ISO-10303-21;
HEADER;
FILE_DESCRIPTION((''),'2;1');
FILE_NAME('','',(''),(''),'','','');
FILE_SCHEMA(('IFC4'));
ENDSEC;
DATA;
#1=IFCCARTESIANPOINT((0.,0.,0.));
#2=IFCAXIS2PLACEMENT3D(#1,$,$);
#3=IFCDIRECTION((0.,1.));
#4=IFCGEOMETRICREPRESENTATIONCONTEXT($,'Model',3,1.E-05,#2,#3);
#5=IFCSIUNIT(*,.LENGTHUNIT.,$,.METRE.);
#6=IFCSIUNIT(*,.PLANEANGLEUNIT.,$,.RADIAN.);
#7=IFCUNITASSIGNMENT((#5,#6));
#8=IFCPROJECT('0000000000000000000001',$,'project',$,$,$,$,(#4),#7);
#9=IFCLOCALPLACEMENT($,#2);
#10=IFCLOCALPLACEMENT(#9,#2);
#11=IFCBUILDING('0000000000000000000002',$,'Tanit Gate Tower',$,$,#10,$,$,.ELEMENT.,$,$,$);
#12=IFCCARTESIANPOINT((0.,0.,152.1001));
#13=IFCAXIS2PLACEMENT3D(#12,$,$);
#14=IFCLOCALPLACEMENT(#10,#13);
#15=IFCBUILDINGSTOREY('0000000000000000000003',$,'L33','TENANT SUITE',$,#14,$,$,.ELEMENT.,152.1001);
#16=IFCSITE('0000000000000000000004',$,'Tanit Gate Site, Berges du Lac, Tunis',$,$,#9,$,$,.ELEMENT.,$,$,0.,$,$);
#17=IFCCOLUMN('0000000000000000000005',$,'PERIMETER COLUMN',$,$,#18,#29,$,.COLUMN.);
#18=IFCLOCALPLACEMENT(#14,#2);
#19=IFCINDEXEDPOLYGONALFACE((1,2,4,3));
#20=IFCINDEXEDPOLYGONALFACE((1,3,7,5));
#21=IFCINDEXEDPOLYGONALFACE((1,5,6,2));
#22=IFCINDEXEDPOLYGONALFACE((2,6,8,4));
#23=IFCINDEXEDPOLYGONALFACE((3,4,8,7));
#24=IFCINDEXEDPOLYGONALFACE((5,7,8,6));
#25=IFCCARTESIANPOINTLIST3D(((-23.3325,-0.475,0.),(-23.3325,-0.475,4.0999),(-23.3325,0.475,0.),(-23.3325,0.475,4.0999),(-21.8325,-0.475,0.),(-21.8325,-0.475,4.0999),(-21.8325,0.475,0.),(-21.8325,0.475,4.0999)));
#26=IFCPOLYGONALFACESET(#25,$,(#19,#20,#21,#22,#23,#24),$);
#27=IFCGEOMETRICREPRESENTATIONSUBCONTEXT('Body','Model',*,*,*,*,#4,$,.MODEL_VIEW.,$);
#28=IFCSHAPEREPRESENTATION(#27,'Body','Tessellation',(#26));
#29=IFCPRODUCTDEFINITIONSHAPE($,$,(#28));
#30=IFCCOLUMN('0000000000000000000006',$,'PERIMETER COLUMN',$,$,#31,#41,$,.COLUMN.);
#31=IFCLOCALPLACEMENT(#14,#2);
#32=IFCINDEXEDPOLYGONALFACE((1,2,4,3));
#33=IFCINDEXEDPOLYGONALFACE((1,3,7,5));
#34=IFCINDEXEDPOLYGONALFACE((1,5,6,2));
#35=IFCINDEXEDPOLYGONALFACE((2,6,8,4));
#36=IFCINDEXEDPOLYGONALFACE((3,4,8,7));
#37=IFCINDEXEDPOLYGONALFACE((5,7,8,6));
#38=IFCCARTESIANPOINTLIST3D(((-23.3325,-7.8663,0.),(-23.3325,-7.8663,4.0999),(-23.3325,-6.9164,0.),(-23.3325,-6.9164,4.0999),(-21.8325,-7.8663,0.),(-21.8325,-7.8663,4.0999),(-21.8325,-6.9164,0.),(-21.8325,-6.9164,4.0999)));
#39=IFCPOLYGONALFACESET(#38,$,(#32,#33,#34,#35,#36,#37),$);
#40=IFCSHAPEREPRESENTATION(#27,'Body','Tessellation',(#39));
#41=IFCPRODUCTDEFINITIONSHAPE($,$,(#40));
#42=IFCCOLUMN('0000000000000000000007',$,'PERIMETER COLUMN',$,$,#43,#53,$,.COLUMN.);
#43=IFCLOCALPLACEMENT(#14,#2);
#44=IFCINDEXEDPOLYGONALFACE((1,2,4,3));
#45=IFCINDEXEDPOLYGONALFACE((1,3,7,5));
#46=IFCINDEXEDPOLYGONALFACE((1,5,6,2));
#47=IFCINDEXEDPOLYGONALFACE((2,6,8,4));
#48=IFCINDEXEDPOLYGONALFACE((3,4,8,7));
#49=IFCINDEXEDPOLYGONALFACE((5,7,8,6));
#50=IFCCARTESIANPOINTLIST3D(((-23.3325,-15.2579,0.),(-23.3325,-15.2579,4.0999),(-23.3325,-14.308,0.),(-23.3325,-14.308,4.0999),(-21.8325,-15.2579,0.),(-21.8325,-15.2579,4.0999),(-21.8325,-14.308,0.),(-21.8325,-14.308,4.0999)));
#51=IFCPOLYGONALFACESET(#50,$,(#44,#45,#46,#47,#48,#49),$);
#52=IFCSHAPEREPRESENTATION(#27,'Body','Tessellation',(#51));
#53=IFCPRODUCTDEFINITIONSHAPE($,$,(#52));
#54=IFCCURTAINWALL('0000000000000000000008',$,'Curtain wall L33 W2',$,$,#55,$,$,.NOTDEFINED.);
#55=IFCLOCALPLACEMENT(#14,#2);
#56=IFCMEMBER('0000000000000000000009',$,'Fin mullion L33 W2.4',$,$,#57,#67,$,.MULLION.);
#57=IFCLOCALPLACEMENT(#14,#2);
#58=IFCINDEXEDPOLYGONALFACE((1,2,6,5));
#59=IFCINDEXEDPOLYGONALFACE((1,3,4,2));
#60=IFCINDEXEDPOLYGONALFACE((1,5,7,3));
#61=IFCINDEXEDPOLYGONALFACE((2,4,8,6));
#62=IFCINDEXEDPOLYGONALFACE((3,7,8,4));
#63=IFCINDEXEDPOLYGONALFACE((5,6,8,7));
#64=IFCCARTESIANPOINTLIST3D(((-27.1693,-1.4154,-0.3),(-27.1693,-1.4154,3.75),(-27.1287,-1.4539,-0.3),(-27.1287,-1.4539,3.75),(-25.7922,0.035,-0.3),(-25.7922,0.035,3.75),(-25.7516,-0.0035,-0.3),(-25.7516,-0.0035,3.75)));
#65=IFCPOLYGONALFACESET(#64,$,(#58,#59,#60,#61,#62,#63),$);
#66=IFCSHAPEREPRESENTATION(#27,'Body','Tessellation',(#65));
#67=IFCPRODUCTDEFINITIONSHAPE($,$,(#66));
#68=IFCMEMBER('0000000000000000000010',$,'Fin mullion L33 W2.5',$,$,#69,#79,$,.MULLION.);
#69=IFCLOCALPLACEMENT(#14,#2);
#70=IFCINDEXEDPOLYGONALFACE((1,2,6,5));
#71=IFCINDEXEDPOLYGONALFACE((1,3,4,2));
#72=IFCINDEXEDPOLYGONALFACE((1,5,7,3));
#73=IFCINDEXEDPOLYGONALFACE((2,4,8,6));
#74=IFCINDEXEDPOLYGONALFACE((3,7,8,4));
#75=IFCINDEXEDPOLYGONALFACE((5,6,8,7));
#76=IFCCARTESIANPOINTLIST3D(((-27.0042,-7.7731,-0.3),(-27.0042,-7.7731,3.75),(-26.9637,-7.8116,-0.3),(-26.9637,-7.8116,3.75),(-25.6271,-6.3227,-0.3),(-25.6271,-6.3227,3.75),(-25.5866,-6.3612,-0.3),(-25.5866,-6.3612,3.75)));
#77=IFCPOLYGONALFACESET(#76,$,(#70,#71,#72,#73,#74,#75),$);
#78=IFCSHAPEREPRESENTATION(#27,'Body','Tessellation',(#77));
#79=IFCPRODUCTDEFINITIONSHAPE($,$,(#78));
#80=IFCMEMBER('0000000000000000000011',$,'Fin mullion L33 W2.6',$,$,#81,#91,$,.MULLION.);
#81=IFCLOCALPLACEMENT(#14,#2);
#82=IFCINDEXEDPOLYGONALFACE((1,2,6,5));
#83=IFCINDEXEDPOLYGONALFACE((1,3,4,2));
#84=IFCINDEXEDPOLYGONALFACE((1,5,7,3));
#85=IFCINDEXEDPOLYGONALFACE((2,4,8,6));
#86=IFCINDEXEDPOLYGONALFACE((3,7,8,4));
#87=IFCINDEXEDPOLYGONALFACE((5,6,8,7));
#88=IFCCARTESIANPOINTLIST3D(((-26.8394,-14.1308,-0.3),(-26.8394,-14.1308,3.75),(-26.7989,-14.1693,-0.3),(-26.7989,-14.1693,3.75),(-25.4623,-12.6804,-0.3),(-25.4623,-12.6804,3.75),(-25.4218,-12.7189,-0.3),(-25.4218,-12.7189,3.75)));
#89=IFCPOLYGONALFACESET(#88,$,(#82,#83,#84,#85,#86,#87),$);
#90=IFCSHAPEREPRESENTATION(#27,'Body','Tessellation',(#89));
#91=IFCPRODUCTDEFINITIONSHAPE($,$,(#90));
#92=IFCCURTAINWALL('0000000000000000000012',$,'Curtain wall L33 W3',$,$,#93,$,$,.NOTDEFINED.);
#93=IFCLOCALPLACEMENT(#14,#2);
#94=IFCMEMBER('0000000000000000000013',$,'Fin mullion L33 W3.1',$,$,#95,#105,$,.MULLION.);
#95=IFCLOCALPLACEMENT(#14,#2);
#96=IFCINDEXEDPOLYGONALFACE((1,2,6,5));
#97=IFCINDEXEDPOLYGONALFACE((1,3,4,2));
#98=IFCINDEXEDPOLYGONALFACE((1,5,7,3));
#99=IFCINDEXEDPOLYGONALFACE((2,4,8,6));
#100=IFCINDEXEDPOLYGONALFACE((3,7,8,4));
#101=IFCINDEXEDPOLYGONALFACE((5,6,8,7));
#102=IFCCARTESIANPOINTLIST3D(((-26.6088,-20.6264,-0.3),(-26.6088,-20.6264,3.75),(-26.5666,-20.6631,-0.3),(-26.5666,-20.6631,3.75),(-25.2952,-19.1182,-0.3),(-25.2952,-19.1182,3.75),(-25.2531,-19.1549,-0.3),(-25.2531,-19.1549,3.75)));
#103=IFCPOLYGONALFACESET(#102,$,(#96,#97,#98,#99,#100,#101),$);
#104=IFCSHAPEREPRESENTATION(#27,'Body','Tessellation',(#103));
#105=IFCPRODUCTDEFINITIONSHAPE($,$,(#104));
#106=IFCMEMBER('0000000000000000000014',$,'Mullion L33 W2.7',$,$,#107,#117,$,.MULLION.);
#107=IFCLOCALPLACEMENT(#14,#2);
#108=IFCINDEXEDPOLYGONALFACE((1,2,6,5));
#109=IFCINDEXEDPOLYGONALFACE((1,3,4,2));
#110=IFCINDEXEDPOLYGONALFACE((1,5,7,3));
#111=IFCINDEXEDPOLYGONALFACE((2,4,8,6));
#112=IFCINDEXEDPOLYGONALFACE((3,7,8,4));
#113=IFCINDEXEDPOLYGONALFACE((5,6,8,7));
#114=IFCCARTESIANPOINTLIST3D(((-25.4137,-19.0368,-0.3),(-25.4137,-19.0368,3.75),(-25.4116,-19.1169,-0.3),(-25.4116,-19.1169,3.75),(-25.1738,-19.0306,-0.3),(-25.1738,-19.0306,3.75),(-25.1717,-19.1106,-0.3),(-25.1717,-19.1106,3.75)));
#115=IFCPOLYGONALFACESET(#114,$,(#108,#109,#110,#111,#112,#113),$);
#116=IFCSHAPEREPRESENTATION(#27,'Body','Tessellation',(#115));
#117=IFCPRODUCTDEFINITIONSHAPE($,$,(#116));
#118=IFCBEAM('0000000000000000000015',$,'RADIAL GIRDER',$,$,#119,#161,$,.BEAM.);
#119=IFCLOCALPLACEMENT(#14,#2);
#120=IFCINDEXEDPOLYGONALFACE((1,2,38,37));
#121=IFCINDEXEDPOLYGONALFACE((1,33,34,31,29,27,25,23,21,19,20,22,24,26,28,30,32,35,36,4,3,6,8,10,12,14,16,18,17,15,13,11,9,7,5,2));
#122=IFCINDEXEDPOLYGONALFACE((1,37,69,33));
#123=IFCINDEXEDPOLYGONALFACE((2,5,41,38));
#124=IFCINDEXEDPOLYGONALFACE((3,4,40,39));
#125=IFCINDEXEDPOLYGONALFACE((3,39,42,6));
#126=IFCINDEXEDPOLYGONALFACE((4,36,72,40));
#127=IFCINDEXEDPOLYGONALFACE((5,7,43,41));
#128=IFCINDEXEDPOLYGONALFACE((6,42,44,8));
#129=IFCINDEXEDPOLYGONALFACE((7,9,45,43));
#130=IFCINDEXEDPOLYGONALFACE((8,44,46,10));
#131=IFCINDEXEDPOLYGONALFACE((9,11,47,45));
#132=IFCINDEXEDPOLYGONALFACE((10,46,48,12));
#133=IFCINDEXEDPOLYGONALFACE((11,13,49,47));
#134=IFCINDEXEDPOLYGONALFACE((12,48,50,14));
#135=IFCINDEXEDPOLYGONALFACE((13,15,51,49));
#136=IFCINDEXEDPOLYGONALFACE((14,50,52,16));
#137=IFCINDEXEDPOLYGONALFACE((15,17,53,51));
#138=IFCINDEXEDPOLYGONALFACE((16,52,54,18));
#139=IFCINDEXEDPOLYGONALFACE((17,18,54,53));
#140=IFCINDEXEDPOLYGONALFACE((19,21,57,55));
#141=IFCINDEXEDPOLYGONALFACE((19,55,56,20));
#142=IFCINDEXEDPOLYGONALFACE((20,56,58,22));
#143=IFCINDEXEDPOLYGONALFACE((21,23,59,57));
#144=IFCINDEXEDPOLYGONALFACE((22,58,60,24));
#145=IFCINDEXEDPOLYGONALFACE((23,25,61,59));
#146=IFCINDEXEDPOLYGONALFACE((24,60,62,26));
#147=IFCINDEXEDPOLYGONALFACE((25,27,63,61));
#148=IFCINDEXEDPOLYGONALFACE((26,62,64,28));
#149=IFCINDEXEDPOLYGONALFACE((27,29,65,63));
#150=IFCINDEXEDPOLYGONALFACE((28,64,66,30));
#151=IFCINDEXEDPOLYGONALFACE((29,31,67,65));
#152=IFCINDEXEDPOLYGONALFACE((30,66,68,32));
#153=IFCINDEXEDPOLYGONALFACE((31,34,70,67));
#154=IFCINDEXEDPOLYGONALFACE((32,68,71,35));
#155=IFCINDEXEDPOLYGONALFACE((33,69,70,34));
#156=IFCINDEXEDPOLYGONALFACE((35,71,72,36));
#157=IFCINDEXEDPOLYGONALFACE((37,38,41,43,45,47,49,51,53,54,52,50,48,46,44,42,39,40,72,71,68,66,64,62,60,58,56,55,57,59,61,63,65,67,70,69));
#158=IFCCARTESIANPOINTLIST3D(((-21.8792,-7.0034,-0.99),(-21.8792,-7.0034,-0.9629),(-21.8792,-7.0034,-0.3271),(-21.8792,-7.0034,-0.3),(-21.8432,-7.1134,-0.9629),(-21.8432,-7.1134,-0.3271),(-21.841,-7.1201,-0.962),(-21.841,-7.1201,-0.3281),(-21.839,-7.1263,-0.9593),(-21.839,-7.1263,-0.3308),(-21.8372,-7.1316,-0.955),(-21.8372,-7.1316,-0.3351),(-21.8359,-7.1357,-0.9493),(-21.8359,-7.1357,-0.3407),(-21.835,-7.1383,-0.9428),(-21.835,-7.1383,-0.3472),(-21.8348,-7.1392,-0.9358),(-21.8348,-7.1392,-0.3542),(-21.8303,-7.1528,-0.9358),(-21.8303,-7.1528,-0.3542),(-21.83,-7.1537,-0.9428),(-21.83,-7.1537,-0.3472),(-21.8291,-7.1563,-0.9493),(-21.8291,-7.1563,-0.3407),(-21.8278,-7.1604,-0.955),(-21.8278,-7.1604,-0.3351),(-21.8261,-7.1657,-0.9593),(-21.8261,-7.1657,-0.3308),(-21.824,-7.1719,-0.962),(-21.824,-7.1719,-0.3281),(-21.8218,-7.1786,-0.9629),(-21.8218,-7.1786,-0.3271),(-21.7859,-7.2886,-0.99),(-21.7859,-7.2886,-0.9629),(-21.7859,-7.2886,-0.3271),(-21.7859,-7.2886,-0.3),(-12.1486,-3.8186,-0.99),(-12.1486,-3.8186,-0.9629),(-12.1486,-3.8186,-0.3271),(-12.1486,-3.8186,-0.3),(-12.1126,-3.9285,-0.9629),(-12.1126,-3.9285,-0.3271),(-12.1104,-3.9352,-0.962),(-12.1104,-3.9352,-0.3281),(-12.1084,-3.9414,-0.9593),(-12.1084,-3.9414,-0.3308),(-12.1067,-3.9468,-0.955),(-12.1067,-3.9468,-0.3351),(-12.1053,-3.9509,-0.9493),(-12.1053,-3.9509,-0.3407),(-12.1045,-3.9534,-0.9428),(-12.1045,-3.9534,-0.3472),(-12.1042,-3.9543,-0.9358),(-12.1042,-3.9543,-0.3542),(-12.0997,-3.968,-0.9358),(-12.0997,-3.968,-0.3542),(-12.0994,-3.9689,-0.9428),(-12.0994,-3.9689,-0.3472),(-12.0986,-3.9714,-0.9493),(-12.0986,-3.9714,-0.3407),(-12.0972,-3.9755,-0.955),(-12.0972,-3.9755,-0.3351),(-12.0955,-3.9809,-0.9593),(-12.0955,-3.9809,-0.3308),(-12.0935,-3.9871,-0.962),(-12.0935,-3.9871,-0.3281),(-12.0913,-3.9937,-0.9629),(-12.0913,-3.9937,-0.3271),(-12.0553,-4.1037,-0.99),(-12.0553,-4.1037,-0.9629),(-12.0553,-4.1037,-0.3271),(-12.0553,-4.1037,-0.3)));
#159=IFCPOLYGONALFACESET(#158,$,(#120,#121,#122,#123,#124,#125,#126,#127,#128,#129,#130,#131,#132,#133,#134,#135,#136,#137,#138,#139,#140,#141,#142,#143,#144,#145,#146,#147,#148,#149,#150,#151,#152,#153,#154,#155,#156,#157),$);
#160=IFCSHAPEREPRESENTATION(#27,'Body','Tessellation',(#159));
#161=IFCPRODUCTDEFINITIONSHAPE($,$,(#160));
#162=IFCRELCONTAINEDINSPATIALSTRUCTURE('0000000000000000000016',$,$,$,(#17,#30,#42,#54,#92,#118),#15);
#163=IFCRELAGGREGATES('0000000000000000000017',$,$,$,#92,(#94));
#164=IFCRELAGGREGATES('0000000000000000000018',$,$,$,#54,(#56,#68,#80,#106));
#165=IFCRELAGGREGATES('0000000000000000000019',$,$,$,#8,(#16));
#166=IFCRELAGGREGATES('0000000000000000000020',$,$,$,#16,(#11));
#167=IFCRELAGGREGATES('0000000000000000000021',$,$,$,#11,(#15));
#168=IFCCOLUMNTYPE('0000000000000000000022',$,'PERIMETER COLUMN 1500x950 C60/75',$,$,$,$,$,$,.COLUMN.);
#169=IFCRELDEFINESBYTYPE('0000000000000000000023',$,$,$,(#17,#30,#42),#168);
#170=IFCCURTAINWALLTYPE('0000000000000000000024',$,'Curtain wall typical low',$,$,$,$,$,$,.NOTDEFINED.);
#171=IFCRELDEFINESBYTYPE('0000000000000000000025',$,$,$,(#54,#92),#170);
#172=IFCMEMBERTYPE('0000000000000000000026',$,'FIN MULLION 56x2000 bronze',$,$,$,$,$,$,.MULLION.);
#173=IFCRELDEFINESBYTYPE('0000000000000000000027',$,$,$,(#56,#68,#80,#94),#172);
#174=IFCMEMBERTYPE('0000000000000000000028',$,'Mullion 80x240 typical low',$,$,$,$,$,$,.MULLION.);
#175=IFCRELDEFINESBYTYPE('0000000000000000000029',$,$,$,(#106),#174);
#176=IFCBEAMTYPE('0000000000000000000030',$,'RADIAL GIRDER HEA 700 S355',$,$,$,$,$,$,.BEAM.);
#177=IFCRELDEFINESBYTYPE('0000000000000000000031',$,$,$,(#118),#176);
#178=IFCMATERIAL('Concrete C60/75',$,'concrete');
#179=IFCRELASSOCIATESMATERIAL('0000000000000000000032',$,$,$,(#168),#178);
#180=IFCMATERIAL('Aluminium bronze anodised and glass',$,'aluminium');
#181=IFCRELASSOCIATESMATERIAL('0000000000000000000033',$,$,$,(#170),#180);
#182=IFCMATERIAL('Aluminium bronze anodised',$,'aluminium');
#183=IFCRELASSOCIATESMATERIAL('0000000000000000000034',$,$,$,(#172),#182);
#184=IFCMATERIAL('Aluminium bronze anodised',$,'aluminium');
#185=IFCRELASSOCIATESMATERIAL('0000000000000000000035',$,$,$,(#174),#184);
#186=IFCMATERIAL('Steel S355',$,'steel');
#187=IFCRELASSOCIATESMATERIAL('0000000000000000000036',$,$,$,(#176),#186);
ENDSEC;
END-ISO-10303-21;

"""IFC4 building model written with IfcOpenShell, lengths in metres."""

from ifc_helpers import new_model, si_unit, direction, frame, origin, origin_2d, place, context, subcontext, project, spatial, rectangle, i_section, extrude, material, material_profile, profile_set, type_object, element, aggregate, save


model = new_model("IFC4")

# Units and contexts
model_context = context("Model", 3, precision=1e-05, world=origin(), true_north=direction((0.0, 1.0)))
body_context = subcontext(model_context, "Body", "Model", "MODEL_VIEW")
ifc_project = project(units=[si_unit("LENGTHUNIT", "METRE"), si_unit("PLANEANGLEUNIT", "RADIAN")], contexts=[model_context])

# Site, building, storey
site_placement = place(None, origin())
site = spatial("IfcSite", under=ifc_project, at=site_placement, Name="Tanit Gate Site, Berges du Lac, Tunis", CompositionType="ELEMENT", RefElevation=0.0)
building_placement = place(site_placement, origin())
building = spatial("IfcBuilding", under=site, at=building_placement, Name="Tanit Gate Tower", CompositionType="ELEMENT")
storey_placement = place(building_placement, frame((0.0, 0.0, 152.1001)))
storey = spatial("IfcBuildingStorey", under=building, at=storey_placement, Name="L33", Description="TENANT SUITE", CompositionType="ELEMENT", Elevation=152.1001)

# Columns
ifc_material_1 = material(Name="Concrete C60/75", Category="concrete")
ifc_material_profile_1 = material_profile(ifc_material_1, rectangle(XDim=1.5, YDim=0.95, at=origin_2d()), Name="RC 1500x950")
ifc_profile_set_1 = profile_set([ifc_material_profile_1], Name="Concrete C60/75")
column_type = type_object("IfcColumnType", Name="PERIMETER COLUMN 1500x950 C60/75", PredefinedType="COLUMN", material=ifc_profile_set_1)
for number, where, z_axis, x_axis, name in (
    (1, (-22.5825, 0.0, 0.0), (0.0, 0.0, 1.0), (-1.0, 0.0, 0.0), "PERIMETER COLUMN"),
    (2, (-22.5825, -7.3914, 0.0), (0.0, 0.0, 1.0), (-1.0, 0.0, 0.0), "PERIMETER COLUMN"),
    (3, (-22.5825, -14.783, 0.0), (0.0, 0.0, 1.0), (-1.0, 0.0, 0.0), "PERIMETER COLUMN"),
):
    element("IfcColumn", number, at=place(storey_placement, frame(where, z_axis=z_axis, x_axis=x_axis)), inside=storey, type_object=column_type, Name=name, PredefinedType="COLUMN", context=body_context, shape_type="SweptSolid", body=[
        extrude(rectangle(XDim=1.5, YDim=0.95, at=origin_2d()), origin(), (0.0, 0.0, 1.0), 4.0999),
    ])

# Curtain wall, members
ifc_material_2 = material(Name="Aluminium bronze anodised and glass", Category="aluminium")
curtain_wall_type = type_object("IfcCurtainWallType", Name="Curtain wall typical low", PredefinedType="NOTDEFINED", material=ifc_material_2)
curtain_wall_1_placement = place(storey_placement, origin())
curtain_wall_1 = element("IfcCurtainWall", 4, at=curtain_wall_1_placement, inside=storey, type_object=curtain_wall_type, Name="Curtain wall L33 W2", PredefinedType="NOTDEFINED")
ifc_material_3 = material(Name="Aluminium bronze anodised", Category="aluminium")
ifc_material_profile_2 = material_profile(ifc_material_3, rectangle(XDim=2.0, YDim=0.0559, at=origin_2d()), Name="56x2000 bronze fin mullion")
ifc_profile_set_2 = profile_set([ifc_material_profile_2], Name="Aluminium bronze anodised")
member_type_1 = type_object("IfcMemberType", Name="FIN MULLION 56x2000 bronze", PredefinedType="MULLION", material=ifc_profile_set_2)
member_1_placement = place(storey_placement, frame((-26.4604, -0.7095, -0.3), z_axis=(0.0, 0.0, 1.0), x_axis=(0.688538, 0.7252, 0.0)))
member_1 = element("IfcMember", 5, at=member_1_placement, type_object=member_type_1, Name="Fin mullion L33 W2.4", PredefinedType="MULLION", context=body_context, shape_type="SweptSolid", body=[
    extrude(rectangle(XDim=2.0, YDim=0.0559, at=origin_2d()), origin(), (0.0, 0.0, 1.0), 4.05),
])
member_2_placement = place(storey_placement, frame((-26.2954, -7.0671, -0.3), z_axis=(0.0, 0.0, 1.0), x_axis=(0.688538, 0.7252, 0.0)))
member_2 = element("IfcMember", 6, at=member_2_placement, type_object=member_type_1, Name="Fin mullion L33 W2.5", PredefinedType="MULLION", context=body_context, shape_type="SweptSolid", body=[
    extrude(rectangle(XDim=2.0, YDim=0.0559, at=origin_2d()), origin(), (0.0, 0.0, 1.0), 4.05),
])
member_3_placement = place(storey_placement, frame((-26.1306, -13.4248, -0.3), z_axis=(0.0, 0.0, 1.0), x_axis=(0.688538, 0.7252, 0.0)))
member_3 = element("IfcMember", 7, at=member_3_placement, type_object=member_type_1, Name="Fin mullion L33 W2.6", PredefinedType="MULLION", context=body_context, shape_type="SweptSolid", body=[
    extrude(rectangle(XDim=2.0, YDim=0.0559, at=origin_2d()), origin(), (0.0, 0.0, 1.0), 4.05),
])

# Curtain wall, member
curtain_wall_2_placement = place(storey_placement, origin())
curtain_wall_2 = element("IfcCurtainWall", 8, at=curtain_wall_2_placement, inside=storey, type_object=curtain_wall_type, Name="Curtain wall L33 W3", PredefinedType="NOTDEFINED")
member_4_placement = place(storey_placement, frame((-25.9309, -19.8906, -0.3), z_axis=(0.0, 0.0, 1.0), x_axis=(0.656773, 0.754088, 0.0)))
member_4 = element("IfcMember", 9, at=member_4_placement, type_object=member_type_1, Name="Fin mullion L33 W3.1", PredefinedType="MULLION", context=body_context, shape_type="SweptSolid", body=[
    extrude(rectangle(XDim=2.0, YDim=0.0559, at=origin_2d()), origin(), (0.0, 0.0, 1.0), 4.05),
])

# Member
ifc_material_4 = material(Name="Aluminium bronze anodised", Category="aluminium")
ifc_material_profile_3 = material_profile(ifc_material_4, rectangle(XDim=0.24, YDim=0.0801, at=origin_2d()), Name="80x240 bronze mullion")
ifc_profile_set_3 = profile_set([ifc_material_profile_3], Name="Aluminium bronze anodised")
member_type_2 = type_object("IfcMemberType", Name="Mullion 80x240 typical low", PredefinedType="MULLION", material=ifc_profile_set_3)
member_5_placement = place(storey_placement, frame((-25.2927, -19.0737, -0.3), z_axis=(0.0, 0.0, 1.0), x_axis=(0.999664, 0.025924, 0.0)))
member_5 = element("IfcMember", 10, at=member_5_placement, type_object=member_type_2, Name="Mullion L33 W2.7", PredefinedType="MULLION", context=body_context, shape_type="SweptSolid", body=[
    extrude(rectangle(XDim=0.24, YDim=0.0801, at=origin_2d()), origin(), (0.0, 0.0, 1.0), 4.05),
])

# Beam
ifc_material_5 = material(Name="Steel S355", Category="steel")
ifc_material_profile_4 = material_profile(ifc_material_5, i_section(OverallWidth=0.3, OverallDepth=0.6899, WebThickness=0.0144, FlangeThickness=0.0271, FilletRadius=0.0271, at=origin_2d()), Name="HEA 700")
ifc_profile_set_4 = profile_set([ifc_material_profile_4], Name="Steel S355")
beam_type_1 = type_object("IfcBeamType", Name="RADIAL GIRDER HEA 700 S355", PredefinedType="BEAM", material=ifc_profile_set_4)
beam_1_placement = place(storey_placement, frame((-21.8325, -7.146, -0.645), z_axis=(0.950389, 0.311065, 0.0), x_axis=(-0.311065, 0.950389, 0.0)))
element("IfcBeam", 11, at=beam_1_placement, inside=storey, type_object=beam_type_1, Name="RADIAL GIRDER", PredefinedType="BEAM", context=body_context, shape_type="SweptSolid", body=[
    extrude(i_section(OverallWidth=0.3, OverallDepth=0.6899, WebThickness=0.0144, FlangeThickness=0.0271, FilletRadius=0.0271, at=origin_2d()), origin(), (0.0, 0.0, 1.0), 10.2385),
])

aggregate(curtain_wall_2, [member_4])

aggregate(curtain_wall_1, [member_1, member_2, member_3, member_5])

save(model, "model.ifc")
